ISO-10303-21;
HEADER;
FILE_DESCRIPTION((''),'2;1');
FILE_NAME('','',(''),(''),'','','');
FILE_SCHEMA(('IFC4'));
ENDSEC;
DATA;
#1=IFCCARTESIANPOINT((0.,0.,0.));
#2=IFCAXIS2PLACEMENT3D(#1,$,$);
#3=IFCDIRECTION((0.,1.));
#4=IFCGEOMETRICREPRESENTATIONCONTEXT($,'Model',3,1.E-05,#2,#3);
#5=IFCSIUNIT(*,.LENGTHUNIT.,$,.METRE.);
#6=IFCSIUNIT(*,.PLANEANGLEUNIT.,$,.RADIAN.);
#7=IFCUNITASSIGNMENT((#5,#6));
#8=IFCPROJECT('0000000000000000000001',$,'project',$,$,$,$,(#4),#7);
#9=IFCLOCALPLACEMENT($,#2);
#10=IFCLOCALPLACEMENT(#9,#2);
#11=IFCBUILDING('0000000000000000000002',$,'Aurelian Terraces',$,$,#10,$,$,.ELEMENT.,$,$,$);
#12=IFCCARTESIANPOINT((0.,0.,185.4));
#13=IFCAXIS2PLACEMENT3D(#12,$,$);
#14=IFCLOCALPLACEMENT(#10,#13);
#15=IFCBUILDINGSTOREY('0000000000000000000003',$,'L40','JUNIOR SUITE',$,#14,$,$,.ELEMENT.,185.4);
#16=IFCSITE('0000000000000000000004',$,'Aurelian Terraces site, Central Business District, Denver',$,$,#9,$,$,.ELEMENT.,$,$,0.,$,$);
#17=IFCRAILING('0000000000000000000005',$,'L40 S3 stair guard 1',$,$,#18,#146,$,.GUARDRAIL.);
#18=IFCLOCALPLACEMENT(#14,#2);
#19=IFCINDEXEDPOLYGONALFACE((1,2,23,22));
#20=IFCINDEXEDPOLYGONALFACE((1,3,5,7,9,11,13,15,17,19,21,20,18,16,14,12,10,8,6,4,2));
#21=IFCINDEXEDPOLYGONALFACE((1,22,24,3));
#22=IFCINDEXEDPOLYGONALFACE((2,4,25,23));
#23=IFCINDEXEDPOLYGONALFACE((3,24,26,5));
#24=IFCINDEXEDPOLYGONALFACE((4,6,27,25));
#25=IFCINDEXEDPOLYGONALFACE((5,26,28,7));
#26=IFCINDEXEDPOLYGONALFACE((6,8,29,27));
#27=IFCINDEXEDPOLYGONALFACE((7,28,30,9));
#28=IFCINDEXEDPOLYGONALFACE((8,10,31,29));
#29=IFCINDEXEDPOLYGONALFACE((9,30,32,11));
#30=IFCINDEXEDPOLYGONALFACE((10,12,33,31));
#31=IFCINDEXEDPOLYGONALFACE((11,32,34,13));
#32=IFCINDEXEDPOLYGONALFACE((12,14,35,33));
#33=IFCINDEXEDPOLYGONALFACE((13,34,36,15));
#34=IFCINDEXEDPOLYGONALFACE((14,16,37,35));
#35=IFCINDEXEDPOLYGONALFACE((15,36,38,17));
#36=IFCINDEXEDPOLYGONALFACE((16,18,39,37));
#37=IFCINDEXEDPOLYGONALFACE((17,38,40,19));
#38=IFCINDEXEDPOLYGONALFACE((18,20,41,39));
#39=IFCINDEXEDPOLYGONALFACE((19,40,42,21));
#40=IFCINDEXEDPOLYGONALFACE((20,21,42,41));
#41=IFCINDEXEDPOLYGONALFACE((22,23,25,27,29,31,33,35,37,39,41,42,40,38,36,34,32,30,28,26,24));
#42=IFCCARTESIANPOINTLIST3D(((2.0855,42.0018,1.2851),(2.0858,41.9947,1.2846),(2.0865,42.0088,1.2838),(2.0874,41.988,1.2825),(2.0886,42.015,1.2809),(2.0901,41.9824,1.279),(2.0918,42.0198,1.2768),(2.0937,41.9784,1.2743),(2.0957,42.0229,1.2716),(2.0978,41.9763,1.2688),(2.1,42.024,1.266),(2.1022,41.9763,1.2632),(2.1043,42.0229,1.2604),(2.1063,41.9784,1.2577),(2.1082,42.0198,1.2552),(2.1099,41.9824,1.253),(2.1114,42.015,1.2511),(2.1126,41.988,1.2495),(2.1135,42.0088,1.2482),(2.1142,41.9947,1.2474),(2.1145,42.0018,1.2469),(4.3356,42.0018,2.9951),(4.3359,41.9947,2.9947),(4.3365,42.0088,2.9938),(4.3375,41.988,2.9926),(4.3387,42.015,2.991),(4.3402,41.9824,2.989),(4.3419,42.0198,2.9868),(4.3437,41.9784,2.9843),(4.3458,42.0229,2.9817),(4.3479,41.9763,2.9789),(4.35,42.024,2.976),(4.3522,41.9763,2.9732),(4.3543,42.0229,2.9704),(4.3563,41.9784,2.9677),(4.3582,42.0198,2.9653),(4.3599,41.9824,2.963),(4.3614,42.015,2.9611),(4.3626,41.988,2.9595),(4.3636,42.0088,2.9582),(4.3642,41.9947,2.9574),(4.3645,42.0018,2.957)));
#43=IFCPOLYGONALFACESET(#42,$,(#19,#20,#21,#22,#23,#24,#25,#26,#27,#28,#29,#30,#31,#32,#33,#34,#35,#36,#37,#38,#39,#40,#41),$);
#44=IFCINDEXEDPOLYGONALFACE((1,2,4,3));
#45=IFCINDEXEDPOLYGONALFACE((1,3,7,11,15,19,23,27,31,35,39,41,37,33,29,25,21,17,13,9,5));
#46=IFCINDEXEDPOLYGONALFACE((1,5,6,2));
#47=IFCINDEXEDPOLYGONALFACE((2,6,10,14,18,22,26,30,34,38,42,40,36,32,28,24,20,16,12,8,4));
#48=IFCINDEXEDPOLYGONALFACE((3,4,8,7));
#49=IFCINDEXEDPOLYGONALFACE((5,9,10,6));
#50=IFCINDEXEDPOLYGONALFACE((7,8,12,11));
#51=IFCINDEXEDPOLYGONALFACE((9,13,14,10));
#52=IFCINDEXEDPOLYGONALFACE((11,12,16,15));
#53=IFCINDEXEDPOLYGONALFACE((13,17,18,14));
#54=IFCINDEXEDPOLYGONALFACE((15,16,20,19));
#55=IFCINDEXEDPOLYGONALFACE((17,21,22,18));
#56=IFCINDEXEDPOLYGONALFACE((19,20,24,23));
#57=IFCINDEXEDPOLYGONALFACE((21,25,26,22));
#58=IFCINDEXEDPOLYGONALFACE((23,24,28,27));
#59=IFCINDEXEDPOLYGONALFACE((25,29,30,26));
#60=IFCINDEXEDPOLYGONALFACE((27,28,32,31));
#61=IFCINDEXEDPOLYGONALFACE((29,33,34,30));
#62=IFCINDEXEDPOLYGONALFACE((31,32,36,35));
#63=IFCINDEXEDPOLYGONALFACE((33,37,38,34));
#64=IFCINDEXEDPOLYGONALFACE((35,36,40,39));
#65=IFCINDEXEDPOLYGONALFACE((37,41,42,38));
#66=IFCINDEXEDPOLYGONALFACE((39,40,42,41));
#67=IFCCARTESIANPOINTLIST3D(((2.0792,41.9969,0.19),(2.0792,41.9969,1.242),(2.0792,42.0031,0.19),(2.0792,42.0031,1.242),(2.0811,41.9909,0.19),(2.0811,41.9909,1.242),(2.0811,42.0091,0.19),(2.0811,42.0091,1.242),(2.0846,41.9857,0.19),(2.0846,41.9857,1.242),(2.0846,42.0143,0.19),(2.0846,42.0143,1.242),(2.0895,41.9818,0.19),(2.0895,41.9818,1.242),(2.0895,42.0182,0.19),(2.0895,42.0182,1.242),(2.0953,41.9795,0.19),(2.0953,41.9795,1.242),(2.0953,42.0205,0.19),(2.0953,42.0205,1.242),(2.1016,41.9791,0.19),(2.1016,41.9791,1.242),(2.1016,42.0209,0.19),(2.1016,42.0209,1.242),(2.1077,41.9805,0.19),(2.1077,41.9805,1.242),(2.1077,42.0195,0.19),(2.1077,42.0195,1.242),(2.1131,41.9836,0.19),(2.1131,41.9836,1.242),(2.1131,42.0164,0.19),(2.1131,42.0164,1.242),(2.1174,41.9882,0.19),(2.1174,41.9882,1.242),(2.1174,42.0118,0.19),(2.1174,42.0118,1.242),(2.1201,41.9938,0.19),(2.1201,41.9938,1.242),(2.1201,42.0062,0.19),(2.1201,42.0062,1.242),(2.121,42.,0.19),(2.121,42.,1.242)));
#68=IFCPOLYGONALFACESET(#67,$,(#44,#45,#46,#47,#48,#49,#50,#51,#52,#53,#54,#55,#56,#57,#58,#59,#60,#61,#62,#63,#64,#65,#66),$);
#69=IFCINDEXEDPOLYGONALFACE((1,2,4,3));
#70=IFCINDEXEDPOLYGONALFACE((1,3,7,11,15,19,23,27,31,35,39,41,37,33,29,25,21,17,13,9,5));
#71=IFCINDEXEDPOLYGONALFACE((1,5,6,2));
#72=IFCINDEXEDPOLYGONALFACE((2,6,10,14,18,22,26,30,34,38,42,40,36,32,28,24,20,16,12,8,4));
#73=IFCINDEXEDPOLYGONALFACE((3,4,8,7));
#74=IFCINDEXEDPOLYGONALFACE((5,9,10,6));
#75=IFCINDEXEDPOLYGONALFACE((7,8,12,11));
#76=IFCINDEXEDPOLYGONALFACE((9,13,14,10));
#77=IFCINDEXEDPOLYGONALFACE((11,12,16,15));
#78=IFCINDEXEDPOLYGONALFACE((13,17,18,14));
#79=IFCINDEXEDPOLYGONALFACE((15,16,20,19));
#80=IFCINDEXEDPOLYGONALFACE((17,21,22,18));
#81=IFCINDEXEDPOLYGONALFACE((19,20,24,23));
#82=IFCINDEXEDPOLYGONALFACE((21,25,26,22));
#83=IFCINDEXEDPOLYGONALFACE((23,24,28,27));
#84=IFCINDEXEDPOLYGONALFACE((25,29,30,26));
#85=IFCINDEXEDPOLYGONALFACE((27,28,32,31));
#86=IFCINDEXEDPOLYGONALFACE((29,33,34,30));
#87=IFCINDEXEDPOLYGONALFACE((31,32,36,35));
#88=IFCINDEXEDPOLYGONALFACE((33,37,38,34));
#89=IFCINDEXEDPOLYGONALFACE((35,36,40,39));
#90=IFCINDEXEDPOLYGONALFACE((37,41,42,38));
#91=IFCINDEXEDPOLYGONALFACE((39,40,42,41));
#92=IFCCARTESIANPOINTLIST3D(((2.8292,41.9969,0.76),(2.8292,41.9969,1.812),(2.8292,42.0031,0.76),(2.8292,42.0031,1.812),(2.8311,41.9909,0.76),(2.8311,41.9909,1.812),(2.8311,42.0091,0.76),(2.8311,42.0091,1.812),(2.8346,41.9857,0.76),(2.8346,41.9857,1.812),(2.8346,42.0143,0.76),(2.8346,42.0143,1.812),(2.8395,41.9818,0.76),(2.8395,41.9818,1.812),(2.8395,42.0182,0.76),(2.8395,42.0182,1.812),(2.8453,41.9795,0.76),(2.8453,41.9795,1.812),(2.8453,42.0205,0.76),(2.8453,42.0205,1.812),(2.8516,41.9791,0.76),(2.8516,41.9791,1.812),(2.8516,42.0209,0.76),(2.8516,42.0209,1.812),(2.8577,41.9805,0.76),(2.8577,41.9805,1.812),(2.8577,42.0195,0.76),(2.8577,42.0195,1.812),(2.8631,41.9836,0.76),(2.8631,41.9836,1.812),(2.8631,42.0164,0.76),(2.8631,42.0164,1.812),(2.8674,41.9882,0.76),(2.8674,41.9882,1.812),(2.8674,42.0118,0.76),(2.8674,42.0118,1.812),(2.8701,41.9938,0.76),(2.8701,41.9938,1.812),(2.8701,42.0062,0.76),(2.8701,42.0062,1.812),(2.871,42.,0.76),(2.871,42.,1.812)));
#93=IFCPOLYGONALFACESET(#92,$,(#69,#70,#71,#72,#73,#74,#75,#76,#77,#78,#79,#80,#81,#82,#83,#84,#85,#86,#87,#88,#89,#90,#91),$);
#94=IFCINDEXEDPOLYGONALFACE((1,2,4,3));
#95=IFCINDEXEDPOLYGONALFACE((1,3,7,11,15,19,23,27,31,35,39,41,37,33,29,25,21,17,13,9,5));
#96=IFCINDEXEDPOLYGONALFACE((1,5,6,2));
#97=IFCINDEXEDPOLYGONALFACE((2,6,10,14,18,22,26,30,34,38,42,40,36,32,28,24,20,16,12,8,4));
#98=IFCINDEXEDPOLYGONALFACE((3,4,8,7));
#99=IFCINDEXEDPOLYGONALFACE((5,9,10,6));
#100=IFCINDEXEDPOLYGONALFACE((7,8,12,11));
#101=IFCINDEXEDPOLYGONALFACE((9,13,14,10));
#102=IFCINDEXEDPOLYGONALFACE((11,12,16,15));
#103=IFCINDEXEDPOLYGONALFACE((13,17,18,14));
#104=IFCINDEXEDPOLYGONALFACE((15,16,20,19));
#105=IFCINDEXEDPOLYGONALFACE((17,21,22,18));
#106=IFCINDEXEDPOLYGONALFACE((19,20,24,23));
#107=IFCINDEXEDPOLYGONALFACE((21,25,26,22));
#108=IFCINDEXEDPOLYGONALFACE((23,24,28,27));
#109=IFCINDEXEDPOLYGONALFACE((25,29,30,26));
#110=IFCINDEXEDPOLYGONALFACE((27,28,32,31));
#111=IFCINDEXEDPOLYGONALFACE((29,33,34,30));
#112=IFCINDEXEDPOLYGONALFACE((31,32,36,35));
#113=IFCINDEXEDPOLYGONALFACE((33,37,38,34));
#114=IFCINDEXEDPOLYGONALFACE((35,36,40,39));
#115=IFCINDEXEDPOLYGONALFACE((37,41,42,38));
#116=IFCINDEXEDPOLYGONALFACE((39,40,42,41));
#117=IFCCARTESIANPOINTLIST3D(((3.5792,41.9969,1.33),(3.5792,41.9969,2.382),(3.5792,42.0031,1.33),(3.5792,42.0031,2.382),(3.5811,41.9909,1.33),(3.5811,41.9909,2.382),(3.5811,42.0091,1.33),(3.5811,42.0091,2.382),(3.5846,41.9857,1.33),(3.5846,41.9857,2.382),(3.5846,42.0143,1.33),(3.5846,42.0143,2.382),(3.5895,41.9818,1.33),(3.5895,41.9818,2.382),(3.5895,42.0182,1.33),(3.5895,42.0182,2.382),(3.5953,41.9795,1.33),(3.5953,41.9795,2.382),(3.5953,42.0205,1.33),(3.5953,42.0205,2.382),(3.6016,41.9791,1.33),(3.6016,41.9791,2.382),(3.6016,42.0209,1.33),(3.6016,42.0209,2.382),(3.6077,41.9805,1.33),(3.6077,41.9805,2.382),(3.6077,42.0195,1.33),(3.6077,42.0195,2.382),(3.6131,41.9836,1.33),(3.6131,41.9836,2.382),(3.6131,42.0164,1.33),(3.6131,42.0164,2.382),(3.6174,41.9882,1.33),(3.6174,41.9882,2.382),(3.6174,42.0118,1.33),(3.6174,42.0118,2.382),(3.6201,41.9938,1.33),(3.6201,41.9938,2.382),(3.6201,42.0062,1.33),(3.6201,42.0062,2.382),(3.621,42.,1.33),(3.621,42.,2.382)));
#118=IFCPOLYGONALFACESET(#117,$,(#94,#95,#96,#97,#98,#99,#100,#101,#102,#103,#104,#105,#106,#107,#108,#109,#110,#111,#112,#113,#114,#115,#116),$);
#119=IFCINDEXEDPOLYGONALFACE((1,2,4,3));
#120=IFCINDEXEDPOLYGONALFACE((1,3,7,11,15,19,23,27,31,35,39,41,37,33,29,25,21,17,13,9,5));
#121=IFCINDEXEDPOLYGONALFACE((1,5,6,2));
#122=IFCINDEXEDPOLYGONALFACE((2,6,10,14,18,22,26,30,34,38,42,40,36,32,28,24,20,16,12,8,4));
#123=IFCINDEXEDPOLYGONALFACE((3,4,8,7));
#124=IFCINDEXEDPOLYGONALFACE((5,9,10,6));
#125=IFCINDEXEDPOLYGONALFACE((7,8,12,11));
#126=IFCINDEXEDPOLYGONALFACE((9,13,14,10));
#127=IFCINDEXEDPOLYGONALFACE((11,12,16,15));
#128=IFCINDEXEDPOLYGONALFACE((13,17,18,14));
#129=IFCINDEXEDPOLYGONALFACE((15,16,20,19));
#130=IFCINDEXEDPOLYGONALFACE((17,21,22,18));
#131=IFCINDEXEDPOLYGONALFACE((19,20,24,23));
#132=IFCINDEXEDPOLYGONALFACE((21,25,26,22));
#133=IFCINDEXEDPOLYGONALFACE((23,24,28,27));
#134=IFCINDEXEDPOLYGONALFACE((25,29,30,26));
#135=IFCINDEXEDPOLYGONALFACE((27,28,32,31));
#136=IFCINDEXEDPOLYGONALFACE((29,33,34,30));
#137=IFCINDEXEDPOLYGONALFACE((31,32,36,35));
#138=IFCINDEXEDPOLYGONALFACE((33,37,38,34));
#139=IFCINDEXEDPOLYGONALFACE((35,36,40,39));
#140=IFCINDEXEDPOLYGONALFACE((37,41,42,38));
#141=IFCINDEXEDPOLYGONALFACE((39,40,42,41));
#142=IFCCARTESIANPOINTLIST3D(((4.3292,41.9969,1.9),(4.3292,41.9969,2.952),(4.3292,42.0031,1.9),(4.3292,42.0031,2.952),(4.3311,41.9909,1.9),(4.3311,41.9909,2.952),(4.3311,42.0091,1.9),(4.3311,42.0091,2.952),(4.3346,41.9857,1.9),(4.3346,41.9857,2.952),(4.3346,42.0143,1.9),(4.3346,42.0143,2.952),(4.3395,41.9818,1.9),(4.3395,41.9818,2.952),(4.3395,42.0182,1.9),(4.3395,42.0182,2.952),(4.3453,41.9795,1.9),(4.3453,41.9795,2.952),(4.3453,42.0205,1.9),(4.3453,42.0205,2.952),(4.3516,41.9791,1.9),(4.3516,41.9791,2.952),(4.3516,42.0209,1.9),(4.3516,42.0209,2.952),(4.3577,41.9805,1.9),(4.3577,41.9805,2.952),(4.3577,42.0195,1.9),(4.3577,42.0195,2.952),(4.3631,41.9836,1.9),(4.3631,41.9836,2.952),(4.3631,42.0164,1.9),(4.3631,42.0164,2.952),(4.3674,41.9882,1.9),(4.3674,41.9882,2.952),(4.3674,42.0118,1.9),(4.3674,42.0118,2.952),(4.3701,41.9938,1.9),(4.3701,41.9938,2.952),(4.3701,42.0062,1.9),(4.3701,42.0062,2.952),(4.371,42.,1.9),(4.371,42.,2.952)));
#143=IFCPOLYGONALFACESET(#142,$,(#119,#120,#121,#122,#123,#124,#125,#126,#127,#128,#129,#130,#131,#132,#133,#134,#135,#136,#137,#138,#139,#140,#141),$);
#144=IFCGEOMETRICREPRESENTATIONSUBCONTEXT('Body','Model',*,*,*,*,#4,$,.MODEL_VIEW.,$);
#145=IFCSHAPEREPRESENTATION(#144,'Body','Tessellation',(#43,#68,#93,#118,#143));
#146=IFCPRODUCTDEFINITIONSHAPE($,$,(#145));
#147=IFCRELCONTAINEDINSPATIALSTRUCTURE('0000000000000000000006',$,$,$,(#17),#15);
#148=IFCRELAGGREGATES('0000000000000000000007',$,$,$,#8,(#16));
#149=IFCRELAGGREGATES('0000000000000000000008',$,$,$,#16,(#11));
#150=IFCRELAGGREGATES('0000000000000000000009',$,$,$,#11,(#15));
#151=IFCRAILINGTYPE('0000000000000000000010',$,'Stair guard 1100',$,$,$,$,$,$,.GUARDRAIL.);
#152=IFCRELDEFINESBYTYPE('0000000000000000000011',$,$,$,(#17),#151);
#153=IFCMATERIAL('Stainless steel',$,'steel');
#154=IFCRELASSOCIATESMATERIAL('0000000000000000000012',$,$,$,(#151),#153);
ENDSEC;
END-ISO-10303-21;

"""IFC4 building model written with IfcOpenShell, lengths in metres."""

from ifc_helpers import new_model, si_unit, direction, frame, origin, origin_2d, place, context, subcontext, project, spatial, circle, extrude, source, transform, mapped, material, type_object, element, save


model = new_model("IFC4")

# Units and contexts
model_context = context("Model", 3, precision=1e-05, world=origin(), true_north=direction((0.0, 1.0)))
body_context = subcontext(model_context, "Body", "Model", "MODEL_VIEW")
ifc_project = project(units=[si_unit("LENGTHUNIT", "METRE"), si_unit("PLANEANGLEUNIT", "RADIAN")], contexts=[model_context])

# Site, building, storey
site_placement = place(None, origin())
site = spatial("IfcSite", under=ifc_project, at=site_placement, Name="Aurelian Terraces site, Central Business District, Denver", CompositionType="ELEMENT", RefElevation=0.0)
building_placement = place(site_placement, origin())
building = spatial("IfcBuilding", under=site, at=building_placement, Name="Aurelian Terraces", CompositionType="ELEMENT")
storey_placement = place(building_placement, frame((0.0, 0.0, 185.4)))
storey = spatial("IfcBuildingStorey", under=building, at=storey_placement, Name="L40", Description="JUNIOR SUITE", CompositionType="ELEMENT", Elevation=185.4)

# Railing
ifc_material_1 = material(Name="Stainless steel", Category="steel")
railing_type_1 = type_object("IfcRailingType", Name="Stair guard 1100", PredefinedType="GUARDRAIL", material=ifc_material_1)
shared_shape_1 = source(origin(), body_context, "Body", "SweptSolid", [
    extrude(circle(Radius=0.024, at=origin_2d()), frame((0.0, 0.0, 1.076), z_axis=(0.796162, 0.0, 0.605083), x_axis=(0.0, 1.0, 0.0)), (0.0, 0.0, 1.0), 2.8261),
    extrude(circle(Radius=0.021, at=origin_2d()), origin(), (0.0, 0.0, 1.0), 1.052),
    extrude(circle(Radius=0.021, at=origin_2d()), frame((0.75, 0.0, 0.57)), (0.0, 0.0, 1.0), 1.052),
    extrude(circle(Radius=0.021, at=origin_2d()), frame((1.5, 0.0, 1.14)), (0.0, 0.0, 1.0), 1.052),
    extrude(circle(Radius=0.021, at=origin_2d()), frame((2.25, 0.0, 1.71)), (0.0, 0.0, 1.0), 1.052),
])
railing_1_placement = place(storey_placement, frame((2.1, 42.0, 0.19)))
element("IfcRailing", 1, at=railing_1_placement, inside=storey, type_object=railing_type_1, Name="L40 S3 stair guard 1", PredefinedType="GUARDRAIL", context=body_context, shape_type="MappedRepresentation", body=[
    mapped(shared_shape_1, transform((0.0, 0.0, 0.0), scale=1.0)),
])

save(model, "model.ifc")
